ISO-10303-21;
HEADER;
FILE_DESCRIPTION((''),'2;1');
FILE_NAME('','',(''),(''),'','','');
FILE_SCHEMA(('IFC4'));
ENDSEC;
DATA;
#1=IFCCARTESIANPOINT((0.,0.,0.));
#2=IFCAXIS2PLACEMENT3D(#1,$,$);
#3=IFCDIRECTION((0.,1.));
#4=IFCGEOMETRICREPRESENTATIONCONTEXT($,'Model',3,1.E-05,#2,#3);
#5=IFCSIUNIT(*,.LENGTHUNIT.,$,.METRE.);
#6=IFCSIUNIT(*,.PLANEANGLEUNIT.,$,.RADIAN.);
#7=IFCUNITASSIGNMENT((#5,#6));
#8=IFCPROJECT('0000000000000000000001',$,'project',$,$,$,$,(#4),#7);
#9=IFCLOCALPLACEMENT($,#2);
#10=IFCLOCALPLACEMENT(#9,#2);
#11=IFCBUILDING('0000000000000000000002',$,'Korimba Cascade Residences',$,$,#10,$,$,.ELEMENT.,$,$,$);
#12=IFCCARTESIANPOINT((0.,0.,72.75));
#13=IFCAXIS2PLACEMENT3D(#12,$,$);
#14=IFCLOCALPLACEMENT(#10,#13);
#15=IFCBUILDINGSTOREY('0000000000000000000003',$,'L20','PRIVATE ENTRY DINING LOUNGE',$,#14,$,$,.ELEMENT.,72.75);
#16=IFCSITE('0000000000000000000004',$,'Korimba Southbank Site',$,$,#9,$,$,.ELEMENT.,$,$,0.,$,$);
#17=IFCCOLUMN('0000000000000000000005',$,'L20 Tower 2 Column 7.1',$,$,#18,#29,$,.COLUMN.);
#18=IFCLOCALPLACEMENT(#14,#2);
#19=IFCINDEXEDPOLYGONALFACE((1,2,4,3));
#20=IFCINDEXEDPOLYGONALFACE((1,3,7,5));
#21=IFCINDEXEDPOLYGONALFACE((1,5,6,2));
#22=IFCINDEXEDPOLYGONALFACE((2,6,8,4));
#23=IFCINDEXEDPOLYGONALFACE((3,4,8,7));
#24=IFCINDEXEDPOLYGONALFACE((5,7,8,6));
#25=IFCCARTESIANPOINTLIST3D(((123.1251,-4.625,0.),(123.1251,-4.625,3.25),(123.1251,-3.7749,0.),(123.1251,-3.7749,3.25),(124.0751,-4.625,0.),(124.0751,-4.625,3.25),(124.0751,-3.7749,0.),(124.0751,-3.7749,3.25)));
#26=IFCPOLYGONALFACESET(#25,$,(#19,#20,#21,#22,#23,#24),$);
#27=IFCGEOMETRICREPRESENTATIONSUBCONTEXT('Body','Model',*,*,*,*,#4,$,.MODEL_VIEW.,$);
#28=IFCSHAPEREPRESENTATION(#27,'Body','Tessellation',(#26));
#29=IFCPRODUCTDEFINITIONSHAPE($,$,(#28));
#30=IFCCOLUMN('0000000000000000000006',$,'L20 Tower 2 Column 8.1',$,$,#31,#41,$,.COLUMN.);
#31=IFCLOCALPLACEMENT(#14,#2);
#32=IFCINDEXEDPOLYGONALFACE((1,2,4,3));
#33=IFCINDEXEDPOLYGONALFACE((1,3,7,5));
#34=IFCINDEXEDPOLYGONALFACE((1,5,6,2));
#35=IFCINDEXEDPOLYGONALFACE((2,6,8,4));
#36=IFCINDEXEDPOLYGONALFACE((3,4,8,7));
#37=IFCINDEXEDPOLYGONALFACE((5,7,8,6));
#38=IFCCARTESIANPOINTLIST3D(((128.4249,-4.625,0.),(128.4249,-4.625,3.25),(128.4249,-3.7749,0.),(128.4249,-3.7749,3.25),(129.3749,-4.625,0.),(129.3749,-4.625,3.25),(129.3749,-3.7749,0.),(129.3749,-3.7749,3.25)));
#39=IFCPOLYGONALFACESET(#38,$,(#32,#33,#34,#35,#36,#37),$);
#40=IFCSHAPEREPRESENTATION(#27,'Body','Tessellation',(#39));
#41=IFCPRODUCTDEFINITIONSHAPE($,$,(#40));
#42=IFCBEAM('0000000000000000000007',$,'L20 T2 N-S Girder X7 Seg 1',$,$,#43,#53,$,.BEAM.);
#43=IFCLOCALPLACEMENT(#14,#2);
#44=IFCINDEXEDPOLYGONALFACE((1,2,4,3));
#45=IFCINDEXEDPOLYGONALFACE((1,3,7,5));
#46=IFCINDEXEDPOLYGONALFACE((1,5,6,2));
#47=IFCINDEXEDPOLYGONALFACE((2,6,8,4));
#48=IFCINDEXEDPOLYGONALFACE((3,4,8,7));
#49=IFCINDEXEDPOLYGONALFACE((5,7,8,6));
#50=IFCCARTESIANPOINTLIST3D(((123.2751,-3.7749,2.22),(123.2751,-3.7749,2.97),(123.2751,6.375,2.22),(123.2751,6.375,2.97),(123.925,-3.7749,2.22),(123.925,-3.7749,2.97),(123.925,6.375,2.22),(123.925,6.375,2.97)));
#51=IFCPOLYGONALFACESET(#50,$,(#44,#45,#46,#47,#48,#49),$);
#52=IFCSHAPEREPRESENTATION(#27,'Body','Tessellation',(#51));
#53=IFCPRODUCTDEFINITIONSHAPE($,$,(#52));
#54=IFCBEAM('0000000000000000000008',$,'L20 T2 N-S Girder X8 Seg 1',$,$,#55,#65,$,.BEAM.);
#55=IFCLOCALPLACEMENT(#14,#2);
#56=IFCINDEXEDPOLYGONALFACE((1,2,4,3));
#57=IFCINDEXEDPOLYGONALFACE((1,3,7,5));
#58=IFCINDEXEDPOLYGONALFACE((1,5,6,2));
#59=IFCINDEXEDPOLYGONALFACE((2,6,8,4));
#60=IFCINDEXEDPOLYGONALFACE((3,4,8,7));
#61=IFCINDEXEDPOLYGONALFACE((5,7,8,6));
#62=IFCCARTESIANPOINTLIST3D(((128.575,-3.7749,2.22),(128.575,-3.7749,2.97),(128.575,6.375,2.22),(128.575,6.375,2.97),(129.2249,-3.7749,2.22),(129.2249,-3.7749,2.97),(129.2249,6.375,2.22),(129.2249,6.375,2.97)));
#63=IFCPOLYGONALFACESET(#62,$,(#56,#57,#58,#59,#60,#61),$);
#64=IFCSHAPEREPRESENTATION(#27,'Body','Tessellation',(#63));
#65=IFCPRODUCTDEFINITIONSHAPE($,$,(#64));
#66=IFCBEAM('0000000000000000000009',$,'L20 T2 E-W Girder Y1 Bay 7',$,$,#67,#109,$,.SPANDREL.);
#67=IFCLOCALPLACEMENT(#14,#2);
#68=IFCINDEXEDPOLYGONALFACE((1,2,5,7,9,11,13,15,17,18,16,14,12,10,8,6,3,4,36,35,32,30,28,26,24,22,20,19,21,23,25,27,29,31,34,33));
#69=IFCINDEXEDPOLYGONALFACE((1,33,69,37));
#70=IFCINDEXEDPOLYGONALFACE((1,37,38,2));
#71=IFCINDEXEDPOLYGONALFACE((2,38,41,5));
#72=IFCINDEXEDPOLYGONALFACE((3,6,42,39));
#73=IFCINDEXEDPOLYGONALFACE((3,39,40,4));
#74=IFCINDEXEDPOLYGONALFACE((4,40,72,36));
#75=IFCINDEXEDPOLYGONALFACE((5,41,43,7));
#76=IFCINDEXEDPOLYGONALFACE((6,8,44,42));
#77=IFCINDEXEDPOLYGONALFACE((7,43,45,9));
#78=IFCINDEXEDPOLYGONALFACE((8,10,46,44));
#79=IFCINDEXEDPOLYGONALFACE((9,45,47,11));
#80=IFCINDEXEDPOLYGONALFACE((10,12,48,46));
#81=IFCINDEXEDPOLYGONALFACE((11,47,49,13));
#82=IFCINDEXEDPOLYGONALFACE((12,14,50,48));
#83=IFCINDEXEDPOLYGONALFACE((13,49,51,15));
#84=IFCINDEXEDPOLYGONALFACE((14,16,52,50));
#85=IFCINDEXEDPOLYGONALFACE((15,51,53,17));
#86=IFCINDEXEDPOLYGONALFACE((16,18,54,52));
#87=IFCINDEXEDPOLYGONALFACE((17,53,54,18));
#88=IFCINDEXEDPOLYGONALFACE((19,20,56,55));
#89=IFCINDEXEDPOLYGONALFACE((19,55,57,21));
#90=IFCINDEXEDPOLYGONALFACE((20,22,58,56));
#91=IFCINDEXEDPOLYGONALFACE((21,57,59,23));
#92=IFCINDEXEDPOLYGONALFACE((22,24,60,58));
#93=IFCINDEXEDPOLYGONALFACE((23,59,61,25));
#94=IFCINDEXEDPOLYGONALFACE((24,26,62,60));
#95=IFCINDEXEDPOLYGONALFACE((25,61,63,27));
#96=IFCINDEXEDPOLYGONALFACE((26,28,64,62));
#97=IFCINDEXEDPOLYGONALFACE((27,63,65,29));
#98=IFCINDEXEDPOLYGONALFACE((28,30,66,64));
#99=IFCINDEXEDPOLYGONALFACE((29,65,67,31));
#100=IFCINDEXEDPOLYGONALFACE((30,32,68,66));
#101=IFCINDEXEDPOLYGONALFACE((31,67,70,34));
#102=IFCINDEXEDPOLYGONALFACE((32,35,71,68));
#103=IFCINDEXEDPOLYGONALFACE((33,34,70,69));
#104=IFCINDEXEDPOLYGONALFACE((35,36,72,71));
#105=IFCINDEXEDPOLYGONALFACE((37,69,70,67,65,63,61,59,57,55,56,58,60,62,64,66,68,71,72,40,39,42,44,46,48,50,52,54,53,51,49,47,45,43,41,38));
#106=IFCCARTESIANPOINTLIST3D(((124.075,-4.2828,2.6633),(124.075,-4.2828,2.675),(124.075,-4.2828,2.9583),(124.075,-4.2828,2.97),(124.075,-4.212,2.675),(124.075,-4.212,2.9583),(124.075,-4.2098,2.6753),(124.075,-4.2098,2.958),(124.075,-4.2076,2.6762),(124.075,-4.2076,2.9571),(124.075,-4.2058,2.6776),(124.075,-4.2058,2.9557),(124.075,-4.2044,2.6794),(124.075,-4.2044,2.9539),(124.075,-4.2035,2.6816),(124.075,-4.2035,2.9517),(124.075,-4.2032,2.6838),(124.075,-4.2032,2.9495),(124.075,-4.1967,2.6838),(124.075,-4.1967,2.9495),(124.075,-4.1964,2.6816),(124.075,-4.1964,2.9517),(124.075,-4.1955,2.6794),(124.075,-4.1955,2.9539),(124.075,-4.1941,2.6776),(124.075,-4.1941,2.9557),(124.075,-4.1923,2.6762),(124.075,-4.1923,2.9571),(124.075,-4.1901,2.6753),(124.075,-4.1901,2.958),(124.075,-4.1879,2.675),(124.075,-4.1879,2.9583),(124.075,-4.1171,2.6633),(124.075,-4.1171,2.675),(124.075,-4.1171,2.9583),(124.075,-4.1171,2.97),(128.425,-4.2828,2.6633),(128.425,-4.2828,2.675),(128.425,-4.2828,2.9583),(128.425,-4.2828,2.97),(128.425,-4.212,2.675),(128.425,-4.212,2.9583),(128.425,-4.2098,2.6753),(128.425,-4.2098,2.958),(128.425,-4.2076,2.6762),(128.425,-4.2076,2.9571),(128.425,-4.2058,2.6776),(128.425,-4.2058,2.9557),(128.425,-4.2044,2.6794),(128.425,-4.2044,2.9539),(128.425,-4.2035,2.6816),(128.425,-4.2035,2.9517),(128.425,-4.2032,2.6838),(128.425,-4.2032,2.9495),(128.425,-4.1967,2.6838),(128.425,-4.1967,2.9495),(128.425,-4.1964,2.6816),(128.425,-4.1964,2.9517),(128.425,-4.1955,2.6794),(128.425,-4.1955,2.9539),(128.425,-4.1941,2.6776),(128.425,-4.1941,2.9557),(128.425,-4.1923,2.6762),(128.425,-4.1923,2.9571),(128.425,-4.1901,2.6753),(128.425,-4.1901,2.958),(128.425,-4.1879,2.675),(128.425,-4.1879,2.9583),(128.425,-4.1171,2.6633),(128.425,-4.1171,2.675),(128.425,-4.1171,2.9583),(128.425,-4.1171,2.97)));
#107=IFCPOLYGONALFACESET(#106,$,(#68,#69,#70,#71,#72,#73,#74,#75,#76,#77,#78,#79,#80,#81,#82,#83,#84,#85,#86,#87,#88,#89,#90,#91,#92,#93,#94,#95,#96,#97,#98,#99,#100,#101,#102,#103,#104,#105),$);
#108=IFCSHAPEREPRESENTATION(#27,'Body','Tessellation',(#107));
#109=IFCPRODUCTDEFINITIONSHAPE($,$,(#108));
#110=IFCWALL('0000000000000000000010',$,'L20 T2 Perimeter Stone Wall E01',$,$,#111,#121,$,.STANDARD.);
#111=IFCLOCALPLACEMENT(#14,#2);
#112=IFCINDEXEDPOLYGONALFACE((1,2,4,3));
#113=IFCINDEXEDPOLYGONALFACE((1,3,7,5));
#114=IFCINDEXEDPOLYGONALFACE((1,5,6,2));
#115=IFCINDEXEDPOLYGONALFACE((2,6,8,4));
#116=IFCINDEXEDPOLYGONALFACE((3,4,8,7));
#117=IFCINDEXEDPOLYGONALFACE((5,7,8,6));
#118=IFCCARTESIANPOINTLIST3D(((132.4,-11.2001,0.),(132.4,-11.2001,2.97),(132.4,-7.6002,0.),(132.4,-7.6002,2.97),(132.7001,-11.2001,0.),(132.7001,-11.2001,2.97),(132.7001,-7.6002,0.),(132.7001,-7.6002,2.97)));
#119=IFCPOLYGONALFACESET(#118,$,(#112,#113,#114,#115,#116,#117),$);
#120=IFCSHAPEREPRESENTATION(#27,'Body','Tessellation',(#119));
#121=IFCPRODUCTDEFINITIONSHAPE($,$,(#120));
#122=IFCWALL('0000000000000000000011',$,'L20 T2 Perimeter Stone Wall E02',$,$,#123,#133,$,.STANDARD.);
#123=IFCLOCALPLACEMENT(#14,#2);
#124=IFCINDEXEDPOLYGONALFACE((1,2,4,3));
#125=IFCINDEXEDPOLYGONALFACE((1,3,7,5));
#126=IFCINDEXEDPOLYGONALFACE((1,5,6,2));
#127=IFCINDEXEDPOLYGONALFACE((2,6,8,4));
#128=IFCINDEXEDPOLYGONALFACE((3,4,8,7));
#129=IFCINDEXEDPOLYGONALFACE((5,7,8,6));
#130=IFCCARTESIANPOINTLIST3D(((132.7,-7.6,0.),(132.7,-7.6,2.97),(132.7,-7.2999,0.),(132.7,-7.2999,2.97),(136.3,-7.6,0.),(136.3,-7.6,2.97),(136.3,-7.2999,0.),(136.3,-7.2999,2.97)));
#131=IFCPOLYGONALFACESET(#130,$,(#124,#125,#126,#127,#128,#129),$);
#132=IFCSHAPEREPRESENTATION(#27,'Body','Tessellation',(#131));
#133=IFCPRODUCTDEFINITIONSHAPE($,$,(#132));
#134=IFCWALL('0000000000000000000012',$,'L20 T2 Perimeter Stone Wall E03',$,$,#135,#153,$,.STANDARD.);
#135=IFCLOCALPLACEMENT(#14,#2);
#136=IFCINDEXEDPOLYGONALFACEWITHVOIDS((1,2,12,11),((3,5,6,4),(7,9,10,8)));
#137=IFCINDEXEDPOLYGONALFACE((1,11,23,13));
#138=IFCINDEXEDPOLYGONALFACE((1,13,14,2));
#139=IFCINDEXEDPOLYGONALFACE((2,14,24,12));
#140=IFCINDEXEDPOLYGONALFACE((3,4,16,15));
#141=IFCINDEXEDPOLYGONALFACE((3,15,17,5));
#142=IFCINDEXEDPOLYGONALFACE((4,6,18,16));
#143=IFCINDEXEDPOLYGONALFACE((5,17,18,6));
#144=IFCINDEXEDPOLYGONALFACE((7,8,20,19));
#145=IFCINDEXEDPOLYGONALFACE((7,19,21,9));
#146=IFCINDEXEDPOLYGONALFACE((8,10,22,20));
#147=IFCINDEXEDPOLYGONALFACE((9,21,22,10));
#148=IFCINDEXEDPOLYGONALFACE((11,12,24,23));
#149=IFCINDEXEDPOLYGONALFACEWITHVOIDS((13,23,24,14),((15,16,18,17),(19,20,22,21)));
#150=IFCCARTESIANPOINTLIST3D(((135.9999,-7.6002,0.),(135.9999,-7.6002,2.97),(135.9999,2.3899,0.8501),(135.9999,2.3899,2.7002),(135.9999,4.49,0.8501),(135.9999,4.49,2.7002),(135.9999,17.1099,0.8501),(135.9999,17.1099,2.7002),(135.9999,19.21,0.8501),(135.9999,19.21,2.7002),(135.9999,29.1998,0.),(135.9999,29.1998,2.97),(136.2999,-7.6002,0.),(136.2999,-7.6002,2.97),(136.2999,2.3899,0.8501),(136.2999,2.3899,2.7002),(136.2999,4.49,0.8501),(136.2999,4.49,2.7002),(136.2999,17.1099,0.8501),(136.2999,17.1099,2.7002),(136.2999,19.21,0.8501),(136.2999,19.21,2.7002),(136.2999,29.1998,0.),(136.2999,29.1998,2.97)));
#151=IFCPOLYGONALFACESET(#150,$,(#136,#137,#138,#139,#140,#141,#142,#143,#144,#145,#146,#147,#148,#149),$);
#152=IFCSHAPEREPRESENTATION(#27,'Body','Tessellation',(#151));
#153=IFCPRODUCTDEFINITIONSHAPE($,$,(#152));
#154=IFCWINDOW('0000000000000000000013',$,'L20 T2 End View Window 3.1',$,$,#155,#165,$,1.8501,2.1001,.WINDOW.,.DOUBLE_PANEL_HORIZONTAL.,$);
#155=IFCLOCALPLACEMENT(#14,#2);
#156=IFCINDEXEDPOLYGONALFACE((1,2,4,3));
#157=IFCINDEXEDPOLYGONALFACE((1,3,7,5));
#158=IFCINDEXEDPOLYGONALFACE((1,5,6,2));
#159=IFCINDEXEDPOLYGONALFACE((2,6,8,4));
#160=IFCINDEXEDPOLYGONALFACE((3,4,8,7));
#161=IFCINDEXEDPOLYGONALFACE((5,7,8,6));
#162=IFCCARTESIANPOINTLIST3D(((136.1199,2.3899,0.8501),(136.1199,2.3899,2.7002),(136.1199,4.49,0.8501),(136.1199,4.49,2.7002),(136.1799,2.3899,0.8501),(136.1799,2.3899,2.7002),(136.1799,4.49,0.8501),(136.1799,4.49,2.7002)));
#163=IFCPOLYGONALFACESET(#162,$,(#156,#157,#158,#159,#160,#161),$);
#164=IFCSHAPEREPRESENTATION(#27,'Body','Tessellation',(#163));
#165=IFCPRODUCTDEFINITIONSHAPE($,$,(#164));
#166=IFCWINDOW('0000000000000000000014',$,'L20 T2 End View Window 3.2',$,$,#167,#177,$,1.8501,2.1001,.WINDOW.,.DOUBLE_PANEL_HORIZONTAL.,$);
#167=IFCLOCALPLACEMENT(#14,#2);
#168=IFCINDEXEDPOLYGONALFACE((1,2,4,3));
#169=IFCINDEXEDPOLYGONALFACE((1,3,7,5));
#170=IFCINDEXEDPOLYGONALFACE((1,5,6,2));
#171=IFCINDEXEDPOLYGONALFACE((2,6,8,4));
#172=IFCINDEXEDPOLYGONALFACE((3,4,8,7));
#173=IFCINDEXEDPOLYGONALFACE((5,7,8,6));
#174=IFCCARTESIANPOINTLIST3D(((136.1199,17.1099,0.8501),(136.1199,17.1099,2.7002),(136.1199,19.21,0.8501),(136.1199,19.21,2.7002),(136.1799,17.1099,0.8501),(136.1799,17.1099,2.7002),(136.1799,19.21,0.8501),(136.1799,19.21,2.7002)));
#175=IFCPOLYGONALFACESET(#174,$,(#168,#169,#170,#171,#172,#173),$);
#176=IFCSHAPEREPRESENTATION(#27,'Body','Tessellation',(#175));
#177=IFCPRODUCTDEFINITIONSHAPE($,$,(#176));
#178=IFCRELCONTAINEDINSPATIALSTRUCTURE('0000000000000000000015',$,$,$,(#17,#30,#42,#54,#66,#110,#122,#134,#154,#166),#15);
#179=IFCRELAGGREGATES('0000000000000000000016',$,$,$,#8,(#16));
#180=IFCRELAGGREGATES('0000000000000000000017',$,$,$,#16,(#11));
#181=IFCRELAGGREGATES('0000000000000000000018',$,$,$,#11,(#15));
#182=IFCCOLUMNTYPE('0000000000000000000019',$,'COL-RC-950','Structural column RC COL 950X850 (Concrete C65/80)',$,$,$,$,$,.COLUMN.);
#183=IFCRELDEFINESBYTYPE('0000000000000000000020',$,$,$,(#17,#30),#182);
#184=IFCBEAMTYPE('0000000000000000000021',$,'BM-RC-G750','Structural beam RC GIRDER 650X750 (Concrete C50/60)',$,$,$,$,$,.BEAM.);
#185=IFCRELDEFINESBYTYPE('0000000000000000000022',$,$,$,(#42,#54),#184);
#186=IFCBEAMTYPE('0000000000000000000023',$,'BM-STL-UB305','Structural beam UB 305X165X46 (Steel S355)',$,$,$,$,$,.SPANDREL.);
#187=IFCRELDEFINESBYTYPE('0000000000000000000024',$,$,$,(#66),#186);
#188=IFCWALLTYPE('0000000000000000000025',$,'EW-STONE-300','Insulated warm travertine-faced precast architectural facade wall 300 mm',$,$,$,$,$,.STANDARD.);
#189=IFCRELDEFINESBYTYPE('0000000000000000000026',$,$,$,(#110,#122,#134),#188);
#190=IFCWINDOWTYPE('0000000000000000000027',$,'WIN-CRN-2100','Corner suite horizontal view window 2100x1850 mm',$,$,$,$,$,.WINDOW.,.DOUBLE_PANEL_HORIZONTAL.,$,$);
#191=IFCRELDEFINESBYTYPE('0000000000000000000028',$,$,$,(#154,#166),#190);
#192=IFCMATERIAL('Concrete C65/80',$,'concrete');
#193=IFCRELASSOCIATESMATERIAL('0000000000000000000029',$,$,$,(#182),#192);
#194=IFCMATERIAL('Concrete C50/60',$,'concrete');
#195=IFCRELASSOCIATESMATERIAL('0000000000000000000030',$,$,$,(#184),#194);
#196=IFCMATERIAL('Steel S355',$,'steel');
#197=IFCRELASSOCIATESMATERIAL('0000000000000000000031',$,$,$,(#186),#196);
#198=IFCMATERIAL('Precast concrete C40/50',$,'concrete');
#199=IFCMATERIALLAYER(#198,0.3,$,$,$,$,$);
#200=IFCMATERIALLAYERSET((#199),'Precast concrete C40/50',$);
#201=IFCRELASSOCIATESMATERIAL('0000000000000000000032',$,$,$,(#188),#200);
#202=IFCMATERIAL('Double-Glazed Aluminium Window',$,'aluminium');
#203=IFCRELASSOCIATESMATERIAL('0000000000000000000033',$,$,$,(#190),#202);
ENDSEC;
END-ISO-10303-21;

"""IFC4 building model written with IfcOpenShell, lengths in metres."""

from ifc_helpers import new_model, si_unit, direction, frame, frame_2d, origin, origin_2d, place, context, subcontext, project, spatial, rectangle, i_section, extrude, material, layer, layer_set, material_profile, profile_set, type_object, element, fill, save


model = new_model("IFC4")

# Units and contexts
model_context = context("Model", 3, precision=1e-05, world=origin(), true_north=direction((0.0, 1.0)))
body_context = subcontext(model_context, "Body", "Model", "MODEL_VIEW")
ifc_project = project(units=[si_unit("LENGTHUNIT", "METRE"), si_unit("PLANEANGLEUNIT", "RADIAN")], contexts=[model_context])

# Site, building, storey
site_placement = place(None, origin())
site = spatial("IfcSite", under=ifc_project, at=site_placement, Name="Korimba Southbank Site", CompositionType="ELEMENT", RefElevation=0.0)
building_placement = place(site_placement, origin())
building = spatial("IfcBuilding", under=site, at=building_placement, Name="Korimba Cascade Residences", CompositionType="ELEMENT")
storey_placement = place(building_placement, frame((0.0, 0.0, 72.75)))
storey = spatial("IfcBuildingStorey", under=building, at=storey_placement, Name="L20", Description="PRIVATE ENTRY DINING LOUNGE", CompositionType="ELEMENT", Elevation=72.75)

# Columns
ifc_material_1 = material(Name="Concrete C65/80", Category="concrete")
ifc_material_profile_1 = material_profile(ifc_material_1, rectangle(XDim=0.95, YDim=0.8501, at=origin_2d()), Name="Concrete C65/80")
ifc_profile_set_1 = profile_set([ifc_material_profile_1], Name="Concrete C65/80")
column_type = type_object("IfcColumnType", Name="COL-RC-950", Description="Structural column RC COL 950X850 (Concrete C65/80)", PredefinedType="COLUMN", material=ifc_profile_set_1)
for number, where, z_axis, x_axis, name in (
    (1, (123.6001, -4.2, 0.0), (0.0, 0.0, 1.0), (1.0, 0.0, 0.0), "L20 Tower 2 Column 7.1"),
    (2, (128.8999, -4.2, 0.0), (0.0, 0.0, 1.0), (1.0, 0.0, 0.0), "L20 Tower 2 Column 8.1"),
):
    element("IfcColumn", number, at=place(storey_placement, frame(where, z_axis=z_axis, x_axis=x_axis)), inside=storey, type_object=column_type, Name=name, PredefinedType="COLUMN", context=body_context, shape_type="SweptSolid", body=[
        extrude(rectangle(XDim=0.95, YDim=0.8501, at=origin_2d()), origin(), (0.0, 0.0, 1.0), 3.25),
    ])

# Beams
ifc_material_2 = material(Name="Concrete C50/60", Category="concrete")
ifc_material_profile_2 = material_profile(ifc_material_2, rectangle(XDim=0.6499, YDim=0.75, at=origin_2d()), Name="Concrete C50/60")
ifc_profile_set_2 = profile_set([ifc_material_profile_2], Name="Concrete C50/60")
beam_type_1 = type_object("IfcBeamType", Name="BM-RC-G750", Description="Structural beam RC GIRDER 650X750 (Concrete C50/60)", PredefinedType="BEAM", material=ifc_profile_set_2)
for number, where, z_axis, x_axis, name in (
    (3, (123.6001, -3.7749, 2.595), (0.0, 1.0, 0.0), (-1.0, 0.0, 0.0), "L20 T2 N-S Girder X7 Seg 1"),
    (4, (128.8999, -3.7749, 2.595), (0.0, 1.0, 0.0), (-1.0, 0.0, 0.0), "L20 T2 N-S Girder X8 Seg 1"),
):
    element("IfcBeam", number, at=place(storey_placement, frame(where, z_axis=z_axis, x_axis=x_axis)), inside=storey, type_object=beam_type_1, Name=name, PredefinedType="BEAM", context=body_context, shape_type="SweptSolid", body=[
        extrude(rectangle(XDim=0.6499, YDim=0.75, at=origin_2d()), origin(), (0.0, 0.0, 1.0), 10.1499),
    ])
ifc_material_3 = material(Name="Steel S355", Category="steel")
ifc_material_profile_3 = material_profile(ifc_material_3, i_section(OverallWidth=0.1658, OverallDepth=0.3066, WebThickness=0.0066, FlangeThickness=0.0117, FilletRadius=0.0088, at=origin_2d()), Name="Steel S355")
ifc_profile_set_3 = profile_set([ifc_material_profile_3], Name="Steel S355")
beam_type_2 = type_object("IfcBeamType", Name="BM-STL-UB305", Description="Structural beam UB 305X165X46 (Steel S355)", PredefinedType="SPANDREL", material=ifc_profile_set_3)
beam_placement = place(storey_placement, frame((124.075, -4.2, 2.8167), z_axis=(1.0, 0.0, 0.0), x_axis=(0.0, 1.0, 0.0)))
element("IfcBeam", 5, at=beam_placement, inside=storey, type_object=beam_type_2, Name="L20 T2 E-W Girder Y1 Bay 7", PredefinedType="SPANDREL", context=body_context, shape_type="SweptSolid", body=[
    extrude(i_section(OverallWidth=0.1658, OverallDepth=0.3066, WebThickness=0.0066, FlangeThickness=0.0117, FilletRadius=0.0088, at=origin_2d()), origin(), (0.0, 0.0, 1.0), 4.3501),
])

# Walls
ifc_material_4 = material(Name="Precast concrete C40/50", Category="concrete")
ifc_layer_1 = layer(ifc_material_4, 0.3)
ifc_layer_set_1 = layer_set([ifc_layer_1], Name="Precast concrete C40/50")
wall_type_1 = type_object("IfcWallType", Name="EW-STONE-300", Description="Insulated warm travertine-faced precast architectural facade wall 300 mm", PredefinedType="STANDARD", material=ifc_layer_set_1)
wall_1_placement = place(storey_placement, frame((132.55, -11.2, 0.0), z_axis=(0.0, 0.0, 1.0), x_axis=(0.0, 1.0, 0.0)))
element("IfcWall", 6, at=wall_1_placement, inside=storey, type_object=wall_type_1, Name="L20 T2 Perimeter Stone Wall E01", PredefinedType="STANDARD", context=body_context, shape_type="SweptSolid", body=[
    extrude(rectangle(XDim=3.5999, YDim=0.3, at=frame_2d((1.7998, 0.0))), origin(), (0.0, 0.0, 1.0), 2.97),
])
wall_2_placement = place(storey_placement, frame((132.7, -7.45, 0.0), z_axis=(0.0, 0.0, 1.0), x_axis=(1.0, 0.0, 0.0)))
element("IfcWall", 7, at=wall_2_placement, inside=storey, type_object=wall_type_1, Name="L20 T2 Perimeter Stone Wall E02", PredefinedType="STANDARD", context=body_context, shape_type="SweptSolid", body=[
    extrude(rectangle(XDim=3.6001, YDim=0.3, at=frame_2d((1.8, 0.0))), origin(), (0.0, 0.0, 1.0), 2.97),
])

# Wall, openings, windows
wall_3_placement = place(storey_placement, frame((136.1499, -7.6001, 0.0), z_axis=(0.0, 0.0, 1.0), x_axis=(0.0, 1.0, 0.0)))
wall_3 = element("IfcWall", 8, at=wall_3_placement, inside=storey, type_object=wall_type_1, Name="L20 T2 Perimeter Stone Wall E03", PredefinedType="STANDARD", context=body_context, shape_type="SweptSolid", body=[
    extrude(rectangle(XDim=36.8, YDim=0.3, at=frame_2d((18.3999, 0.0))), origin(), (0.0, 0.0, 1.0), 2.97),
])
opening_1_placement = place(wall_3_placement, frame((9.99, 0.0, 0.8501)))
opening_1 = element("IfcOpeningElement", 9, at=opening_1_placement, cuts=wall_3, PredefinedType="OPENING", context=body_context, shape_type="SweptSolid", body=[
    extrude(rectangle(XDim=2.1001, YDim=1.8501, at=frame_2d((1.05, 0.925))), frame((0.0, 0.1602, 0.0), z_axis=(0.0, -1.0, 0.0), x_axis=(1.0, 0.0, 0.0)), (0.0, 0.0, 1.0), 0.3201),
])
opening_2_placement = place(wall_3_placement, frame((24.71, 0.0, 0.8501)))
opening_2 = element("IfcOpeningElement", 10, at=opening_2_placement, cuts=wall_3, PredefinedType="OPENING", context=body_context, shape_type="SweptSolid", body=[
    extrude(rectangle(XDim=2.1001, YDim=1.8501, at=frame_2d((1.05, 0.925))), frame((0.0, 0.1602, 0.0), z_axis=(0.0, -1.0, 0.0), x_axis=(1.0, 0.0, 0.0)), (0.0, 0.0, 1.0), 0.3201),
])
ifc_material_5 = material(Name="Double-Glazed Aluminium Window", Category="aluminium")
window_type = type_object("IfcWindowType", Name="WIN-CRN-2100", Description="Corner suite horizontal view window 2100x1850 mm", PartitioningType="DOUBLE_PANEL_HORIZONTAL", PredefinedType="WINDOW", material=ifc_material_5)
window_1_placement = place(opening_1_placement, origin())
window_1 = element("IfcWindow", 11, at=window_1_placement, inside=storey, type_object=window_type, Name="L20 T2 End View Window 3.1", OverallHeight=1.8501, OverallWidth=2.1001, PartitioningType="DOUBLE_PANEL_HORIZONTAL", PredefinedType="WINDOW", context=body_context, shape_type="SweptSolid", body=[
    extrude(rectangle(XDim=2.1001, YDim=1.8501, at=frame_2d((1.05, 0.925))), frame((0.0, 0.03, 0.0), z_axis=(0.0, -1.0, 0.0), x_axis=(1.0, 0.0, 0.0)), (0.0, 0.0, 1.0), 0.0601),
])
fill(opening_1, window_1)
window_2_placement = place(opening_2_placement, origin())
window_2 = element("IfcWindow", 12, at=window_2_placement, inside=storey, type_object=window_type, Name="L20 T2 End View Window 3.2", OverallHeight=1.8501, OverallWidth=2.1001, PartitioningType="DOUBLE_PANEL_HORIZONTAL", PredefinedType="WINDOW", context=body_context, shape_type="SweptSolid", body=[
    extrude(rectangle(XDim=2.1001, YDim=1.8501, at=frame_2d((1.05, 0.925))), frame((0.0, 0.03, 0.0), z_axis=(0.0, -1.0, 0.0), x_axis=(1.0, 0.0, 0.0)), (0.0, 0.0, 1.0), 0.0601),
])
fill(opening_2, window_2)

save(model, "model.ifc")
